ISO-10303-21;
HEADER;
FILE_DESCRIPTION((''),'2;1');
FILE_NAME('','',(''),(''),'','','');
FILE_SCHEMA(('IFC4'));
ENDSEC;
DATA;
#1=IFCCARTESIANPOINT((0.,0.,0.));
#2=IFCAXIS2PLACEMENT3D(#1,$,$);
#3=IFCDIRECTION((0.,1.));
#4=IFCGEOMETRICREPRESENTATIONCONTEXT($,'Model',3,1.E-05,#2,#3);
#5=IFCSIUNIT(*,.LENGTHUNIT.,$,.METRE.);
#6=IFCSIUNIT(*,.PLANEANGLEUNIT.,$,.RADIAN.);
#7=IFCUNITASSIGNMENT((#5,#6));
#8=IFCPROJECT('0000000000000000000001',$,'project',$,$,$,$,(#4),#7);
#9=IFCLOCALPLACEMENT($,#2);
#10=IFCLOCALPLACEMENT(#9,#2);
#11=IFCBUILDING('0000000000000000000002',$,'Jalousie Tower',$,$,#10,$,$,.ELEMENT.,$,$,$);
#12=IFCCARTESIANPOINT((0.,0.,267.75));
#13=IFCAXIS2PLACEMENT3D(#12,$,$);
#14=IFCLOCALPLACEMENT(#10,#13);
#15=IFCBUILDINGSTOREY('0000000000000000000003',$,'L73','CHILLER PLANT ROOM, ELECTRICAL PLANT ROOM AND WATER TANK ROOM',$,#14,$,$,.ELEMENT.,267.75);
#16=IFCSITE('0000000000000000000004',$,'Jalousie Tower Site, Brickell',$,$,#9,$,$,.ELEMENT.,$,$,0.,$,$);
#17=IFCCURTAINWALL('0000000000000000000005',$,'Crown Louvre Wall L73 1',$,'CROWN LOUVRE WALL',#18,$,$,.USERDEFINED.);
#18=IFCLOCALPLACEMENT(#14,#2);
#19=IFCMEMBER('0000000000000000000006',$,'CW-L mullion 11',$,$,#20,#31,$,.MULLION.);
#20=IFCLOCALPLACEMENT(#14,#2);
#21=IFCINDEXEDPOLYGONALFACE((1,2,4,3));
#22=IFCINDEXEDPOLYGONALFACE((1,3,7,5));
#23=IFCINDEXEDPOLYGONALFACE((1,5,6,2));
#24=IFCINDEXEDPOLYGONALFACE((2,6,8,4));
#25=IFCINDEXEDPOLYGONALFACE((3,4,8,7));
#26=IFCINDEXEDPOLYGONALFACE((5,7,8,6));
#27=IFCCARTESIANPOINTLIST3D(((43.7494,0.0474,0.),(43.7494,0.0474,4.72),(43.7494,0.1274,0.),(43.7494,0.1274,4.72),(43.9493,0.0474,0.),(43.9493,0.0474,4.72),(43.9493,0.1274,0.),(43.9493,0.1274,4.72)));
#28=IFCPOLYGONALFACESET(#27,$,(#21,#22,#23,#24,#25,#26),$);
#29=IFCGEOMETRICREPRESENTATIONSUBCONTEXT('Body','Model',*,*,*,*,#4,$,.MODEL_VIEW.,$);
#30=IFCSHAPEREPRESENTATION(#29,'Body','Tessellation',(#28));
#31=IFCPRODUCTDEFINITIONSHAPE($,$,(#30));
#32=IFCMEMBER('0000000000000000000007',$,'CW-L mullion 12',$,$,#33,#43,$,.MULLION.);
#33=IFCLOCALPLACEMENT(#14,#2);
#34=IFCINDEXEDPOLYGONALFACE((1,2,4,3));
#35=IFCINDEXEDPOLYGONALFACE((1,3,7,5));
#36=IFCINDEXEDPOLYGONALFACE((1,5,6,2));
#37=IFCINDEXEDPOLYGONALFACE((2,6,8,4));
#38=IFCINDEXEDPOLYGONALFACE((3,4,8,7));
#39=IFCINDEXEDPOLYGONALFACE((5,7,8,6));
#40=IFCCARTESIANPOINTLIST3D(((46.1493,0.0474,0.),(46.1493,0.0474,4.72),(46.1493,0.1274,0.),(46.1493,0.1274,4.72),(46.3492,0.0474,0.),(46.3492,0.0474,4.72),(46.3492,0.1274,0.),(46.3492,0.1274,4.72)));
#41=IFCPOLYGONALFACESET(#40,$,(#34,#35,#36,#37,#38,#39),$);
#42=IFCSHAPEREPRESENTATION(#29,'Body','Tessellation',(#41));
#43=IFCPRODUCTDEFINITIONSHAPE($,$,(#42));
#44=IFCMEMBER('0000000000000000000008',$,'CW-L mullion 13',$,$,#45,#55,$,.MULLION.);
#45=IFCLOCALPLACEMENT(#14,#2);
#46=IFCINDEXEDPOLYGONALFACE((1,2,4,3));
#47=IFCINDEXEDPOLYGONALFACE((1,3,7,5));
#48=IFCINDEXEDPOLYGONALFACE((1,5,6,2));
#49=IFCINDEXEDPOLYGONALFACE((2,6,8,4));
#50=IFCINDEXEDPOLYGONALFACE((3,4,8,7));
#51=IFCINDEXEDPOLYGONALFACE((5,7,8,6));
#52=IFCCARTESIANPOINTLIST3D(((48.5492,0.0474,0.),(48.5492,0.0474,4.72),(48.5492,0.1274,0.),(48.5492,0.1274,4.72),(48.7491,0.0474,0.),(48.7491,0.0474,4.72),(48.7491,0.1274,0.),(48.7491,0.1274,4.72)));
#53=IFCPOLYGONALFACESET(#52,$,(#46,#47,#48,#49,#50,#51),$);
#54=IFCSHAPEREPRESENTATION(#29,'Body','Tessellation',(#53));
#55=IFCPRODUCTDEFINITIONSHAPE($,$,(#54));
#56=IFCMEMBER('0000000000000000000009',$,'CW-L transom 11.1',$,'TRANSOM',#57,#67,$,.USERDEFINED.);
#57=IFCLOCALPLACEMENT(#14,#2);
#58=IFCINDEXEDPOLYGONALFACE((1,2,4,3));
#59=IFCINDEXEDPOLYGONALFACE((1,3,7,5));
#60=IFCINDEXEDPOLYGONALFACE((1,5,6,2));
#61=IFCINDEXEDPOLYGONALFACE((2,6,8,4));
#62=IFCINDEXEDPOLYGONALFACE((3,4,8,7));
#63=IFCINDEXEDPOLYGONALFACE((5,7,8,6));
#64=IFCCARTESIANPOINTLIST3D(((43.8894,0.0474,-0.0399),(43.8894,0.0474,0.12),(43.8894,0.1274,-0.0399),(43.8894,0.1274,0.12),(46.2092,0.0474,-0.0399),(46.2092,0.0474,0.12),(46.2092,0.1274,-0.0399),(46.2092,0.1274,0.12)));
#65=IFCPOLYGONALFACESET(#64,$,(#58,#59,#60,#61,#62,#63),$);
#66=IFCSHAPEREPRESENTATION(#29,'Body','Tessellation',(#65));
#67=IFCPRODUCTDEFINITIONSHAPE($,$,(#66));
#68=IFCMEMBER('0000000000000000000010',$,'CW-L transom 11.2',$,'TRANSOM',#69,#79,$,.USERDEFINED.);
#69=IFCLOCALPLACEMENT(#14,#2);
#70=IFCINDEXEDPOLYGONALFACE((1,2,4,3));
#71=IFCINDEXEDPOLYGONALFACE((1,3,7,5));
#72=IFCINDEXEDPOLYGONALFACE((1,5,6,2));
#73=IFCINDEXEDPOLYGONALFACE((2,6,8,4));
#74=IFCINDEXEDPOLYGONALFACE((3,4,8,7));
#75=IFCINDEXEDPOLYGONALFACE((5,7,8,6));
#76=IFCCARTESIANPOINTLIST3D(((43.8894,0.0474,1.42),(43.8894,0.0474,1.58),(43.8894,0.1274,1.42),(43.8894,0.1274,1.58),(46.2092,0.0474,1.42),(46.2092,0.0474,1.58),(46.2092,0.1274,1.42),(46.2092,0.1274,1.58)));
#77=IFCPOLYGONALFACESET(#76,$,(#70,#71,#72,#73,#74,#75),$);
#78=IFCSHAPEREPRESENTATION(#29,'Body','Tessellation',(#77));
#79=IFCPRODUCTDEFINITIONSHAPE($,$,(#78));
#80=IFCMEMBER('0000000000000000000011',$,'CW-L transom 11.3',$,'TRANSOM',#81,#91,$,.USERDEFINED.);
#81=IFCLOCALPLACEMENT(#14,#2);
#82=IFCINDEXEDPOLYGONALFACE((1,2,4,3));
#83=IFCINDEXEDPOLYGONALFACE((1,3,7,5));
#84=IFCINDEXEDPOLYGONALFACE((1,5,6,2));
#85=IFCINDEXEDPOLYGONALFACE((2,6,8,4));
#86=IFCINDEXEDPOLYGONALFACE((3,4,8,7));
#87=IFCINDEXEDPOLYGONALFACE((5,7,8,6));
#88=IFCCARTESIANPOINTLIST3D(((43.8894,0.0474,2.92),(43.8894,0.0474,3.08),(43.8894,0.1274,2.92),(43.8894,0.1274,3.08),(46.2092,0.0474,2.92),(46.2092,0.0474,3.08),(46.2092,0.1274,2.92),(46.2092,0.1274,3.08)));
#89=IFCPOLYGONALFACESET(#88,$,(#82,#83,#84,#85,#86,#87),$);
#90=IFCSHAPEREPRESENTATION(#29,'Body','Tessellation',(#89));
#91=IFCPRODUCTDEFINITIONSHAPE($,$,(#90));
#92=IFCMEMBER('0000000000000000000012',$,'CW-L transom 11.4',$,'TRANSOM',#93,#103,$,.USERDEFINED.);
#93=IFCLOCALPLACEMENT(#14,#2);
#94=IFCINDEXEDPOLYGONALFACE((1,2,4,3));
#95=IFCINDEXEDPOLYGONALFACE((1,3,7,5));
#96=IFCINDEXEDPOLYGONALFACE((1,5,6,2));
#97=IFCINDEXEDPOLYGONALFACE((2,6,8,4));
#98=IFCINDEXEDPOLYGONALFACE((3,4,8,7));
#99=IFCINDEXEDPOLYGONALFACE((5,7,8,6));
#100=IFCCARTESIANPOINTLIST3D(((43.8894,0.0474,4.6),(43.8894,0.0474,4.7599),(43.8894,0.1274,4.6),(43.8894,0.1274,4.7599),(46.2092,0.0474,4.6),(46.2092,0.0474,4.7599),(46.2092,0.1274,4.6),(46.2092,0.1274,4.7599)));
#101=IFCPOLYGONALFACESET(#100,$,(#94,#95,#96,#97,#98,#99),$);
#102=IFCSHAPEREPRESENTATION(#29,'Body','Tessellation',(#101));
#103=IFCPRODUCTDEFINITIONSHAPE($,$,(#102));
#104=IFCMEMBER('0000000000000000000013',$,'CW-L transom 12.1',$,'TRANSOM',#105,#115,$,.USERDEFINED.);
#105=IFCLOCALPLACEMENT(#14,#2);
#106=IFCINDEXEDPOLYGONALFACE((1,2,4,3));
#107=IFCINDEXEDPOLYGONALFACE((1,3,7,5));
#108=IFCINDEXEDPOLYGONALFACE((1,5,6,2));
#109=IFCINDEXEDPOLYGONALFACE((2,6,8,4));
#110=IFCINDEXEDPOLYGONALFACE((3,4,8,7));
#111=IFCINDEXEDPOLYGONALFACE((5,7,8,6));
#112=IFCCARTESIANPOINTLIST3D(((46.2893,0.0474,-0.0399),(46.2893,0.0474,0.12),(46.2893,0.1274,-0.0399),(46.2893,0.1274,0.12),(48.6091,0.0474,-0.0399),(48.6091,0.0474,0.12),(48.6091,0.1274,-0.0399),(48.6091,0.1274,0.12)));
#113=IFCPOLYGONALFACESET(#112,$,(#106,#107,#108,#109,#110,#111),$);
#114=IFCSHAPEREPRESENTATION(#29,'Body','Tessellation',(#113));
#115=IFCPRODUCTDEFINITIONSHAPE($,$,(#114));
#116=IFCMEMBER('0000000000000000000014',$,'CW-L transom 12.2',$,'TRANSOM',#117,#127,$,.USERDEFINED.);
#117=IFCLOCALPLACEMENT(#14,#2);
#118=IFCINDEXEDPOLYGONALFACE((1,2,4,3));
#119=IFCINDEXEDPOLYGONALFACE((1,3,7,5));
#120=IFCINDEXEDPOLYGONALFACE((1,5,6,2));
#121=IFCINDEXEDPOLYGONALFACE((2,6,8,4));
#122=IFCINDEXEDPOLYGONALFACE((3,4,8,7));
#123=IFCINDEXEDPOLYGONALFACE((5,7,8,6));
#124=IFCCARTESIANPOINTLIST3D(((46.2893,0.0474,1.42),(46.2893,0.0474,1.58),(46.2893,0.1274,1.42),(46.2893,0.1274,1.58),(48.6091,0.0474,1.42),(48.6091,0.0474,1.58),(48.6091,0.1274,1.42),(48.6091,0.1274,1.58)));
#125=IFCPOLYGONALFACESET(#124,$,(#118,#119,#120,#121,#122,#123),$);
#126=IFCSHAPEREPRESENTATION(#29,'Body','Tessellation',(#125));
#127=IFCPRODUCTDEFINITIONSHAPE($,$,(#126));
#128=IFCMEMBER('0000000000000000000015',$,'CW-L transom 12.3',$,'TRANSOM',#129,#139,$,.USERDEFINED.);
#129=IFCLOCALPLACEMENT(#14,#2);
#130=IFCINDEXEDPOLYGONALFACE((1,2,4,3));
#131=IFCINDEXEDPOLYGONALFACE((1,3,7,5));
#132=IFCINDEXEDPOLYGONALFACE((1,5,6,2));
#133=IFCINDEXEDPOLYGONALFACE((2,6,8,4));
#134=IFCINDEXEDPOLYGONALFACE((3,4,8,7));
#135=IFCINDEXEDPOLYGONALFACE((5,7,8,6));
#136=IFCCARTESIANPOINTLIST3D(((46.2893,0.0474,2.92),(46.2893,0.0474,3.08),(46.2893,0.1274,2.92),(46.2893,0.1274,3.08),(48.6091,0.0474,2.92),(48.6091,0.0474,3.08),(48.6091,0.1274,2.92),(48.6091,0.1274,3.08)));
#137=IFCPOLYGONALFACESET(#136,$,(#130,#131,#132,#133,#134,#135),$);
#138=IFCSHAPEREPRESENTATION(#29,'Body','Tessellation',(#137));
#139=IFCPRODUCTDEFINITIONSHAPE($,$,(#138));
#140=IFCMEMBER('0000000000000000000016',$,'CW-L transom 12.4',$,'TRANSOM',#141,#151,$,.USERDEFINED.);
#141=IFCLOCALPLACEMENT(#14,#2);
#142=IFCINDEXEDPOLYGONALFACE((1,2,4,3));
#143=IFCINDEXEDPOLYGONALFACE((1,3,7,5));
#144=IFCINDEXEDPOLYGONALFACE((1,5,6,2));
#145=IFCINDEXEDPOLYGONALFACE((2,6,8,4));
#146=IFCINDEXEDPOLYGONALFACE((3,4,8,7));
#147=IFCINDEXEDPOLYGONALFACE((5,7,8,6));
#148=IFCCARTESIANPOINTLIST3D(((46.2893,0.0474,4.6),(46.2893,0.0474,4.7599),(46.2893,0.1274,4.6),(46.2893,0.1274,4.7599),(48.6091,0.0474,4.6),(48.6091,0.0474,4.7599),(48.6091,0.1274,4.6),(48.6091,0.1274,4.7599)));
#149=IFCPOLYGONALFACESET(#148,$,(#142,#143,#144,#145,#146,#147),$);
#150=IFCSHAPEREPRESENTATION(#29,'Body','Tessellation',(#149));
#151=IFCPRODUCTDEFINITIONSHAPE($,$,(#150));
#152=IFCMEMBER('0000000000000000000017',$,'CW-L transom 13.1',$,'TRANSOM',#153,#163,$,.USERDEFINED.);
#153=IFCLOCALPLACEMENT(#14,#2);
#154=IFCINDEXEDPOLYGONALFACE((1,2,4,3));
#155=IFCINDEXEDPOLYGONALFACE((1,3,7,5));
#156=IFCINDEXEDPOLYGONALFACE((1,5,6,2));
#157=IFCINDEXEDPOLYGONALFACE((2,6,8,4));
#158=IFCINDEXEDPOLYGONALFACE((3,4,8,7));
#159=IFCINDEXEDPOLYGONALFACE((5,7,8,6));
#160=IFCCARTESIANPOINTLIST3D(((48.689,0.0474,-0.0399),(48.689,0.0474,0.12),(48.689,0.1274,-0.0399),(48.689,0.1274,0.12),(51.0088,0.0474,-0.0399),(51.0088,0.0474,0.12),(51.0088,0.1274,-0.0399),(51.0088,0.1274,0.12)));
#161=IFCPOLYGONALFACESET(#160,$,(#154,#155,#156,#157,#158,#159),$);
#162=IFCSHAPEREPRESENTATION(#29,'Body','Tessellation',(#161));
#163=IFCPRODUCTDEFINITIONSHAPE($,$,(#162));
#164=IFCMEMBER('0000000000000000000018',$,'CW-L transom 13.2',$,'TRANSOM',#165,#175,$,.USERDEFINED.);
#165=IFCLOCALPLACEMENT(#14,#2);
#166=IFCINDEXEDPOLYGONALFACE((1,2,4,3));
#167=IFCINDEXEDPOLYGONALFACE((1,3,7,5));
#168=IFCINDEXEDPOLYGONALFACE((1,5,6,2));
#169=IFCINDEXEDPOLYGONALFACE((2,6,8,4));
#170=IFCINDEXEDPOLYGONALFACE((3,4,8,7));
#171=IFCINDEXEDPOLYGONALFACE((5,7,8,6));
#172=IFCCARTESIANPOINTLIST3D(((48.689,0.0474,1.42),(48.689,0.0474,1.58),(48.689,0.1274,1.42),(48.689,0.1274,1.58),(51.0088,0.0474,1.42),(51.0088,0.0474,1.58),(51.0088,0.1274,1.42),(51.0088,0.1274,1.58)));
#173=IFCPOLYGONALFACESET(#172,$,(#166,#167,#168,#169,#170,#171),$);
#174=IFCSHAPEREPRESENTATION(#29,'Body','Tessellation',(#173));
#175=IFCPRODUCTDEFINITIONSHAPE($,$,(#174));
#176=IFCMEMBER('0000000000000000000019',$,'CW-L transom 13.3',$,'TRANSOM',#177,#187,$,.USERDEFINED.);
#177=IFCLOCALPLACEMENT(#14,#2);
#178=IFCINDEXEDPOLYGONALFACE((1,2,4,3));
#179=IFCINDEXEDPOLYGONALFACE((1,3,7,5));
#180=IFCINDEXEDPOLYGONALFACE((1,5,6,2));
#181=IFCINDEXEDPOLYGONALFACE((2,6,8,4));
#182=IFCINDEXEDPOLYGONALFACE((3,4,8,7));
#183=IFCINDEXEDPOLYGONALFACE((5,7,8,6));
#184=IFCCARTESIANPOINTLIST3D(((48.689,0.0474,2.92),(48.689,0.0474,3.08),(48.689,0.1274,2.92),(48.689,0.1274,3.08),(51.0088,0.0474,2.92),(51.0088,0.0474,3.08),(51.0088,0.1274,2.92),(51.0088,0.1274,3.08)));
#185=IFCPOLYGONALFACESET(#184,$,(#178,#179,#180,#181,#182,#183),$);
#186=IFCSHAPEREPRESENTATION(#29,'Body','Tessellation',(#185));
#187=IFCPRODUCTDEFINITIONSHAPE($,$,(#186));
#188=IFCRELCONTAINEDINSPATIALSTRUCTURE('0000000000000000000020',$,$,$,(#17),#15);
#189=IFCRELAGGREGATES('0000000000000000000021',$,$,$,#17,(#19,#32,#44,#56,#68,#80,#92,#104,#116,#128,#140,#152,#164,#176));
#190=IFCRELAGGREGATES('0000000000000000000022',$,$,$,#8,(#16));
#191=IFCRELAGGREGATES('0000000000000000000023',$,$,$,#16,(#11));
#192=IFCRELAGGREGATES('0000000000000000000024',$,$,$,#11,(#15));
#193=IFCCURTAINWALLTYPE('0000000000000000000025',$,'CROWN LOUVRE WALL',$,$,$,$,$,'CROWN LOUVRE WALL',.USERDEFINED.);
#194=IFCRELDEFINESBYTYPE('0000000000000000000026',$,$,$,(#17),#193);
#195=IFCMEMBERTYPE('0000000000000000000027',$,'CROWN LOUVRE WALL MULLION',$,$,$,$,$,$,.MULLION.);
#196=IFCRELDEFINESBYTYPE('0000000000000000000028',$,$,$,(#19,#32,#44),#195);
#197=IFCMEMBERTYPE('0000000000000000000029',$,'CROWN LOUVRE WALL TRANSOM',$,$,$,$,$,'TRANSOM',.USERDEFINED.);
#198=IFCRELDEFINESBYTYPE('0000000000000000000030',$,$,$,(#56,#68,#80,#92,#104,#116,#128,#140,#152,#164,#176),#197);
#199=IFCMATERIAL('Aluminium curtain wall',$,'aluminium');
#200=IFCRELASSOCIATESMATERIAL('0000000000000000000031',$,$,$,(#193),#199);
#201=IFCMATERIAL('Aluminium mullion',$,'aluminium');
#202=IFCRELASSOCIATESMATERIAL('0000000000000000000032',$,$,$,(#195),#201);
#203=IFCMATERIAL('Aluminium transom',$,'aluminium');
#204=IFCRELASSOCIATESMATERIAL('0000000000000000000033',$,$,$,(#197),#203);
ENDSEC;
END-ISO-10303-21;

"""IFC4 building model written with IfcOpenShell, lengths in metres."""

from ifc_helpers import new_model, si_unit, direction, frame, origin, origin_2d, place, context, subcontext, project, spatial, rectangle, extrude, material, material_profile, profile_set, type_object, element, aggregate, save


model = new_model("IFC4")

# Units and contexts
model_context = context("Model", 3, precision=1e-05, world=origin(), true_north=direction((0.0, 1.0)))
body_context = subcontext(model_context, "Body", "Model", "MODEL_VIEW")
ifc_project = project(units=[si_unit("LENGTHUNIT", "METRE"), si_unit("PLANEANGLEUNIT", "RADIAN")], contexts=[model_context])

# Site, building, storey
site_placement = place(None, origin())
site = spatial("IfcSite", under=ifc_project, at=site_placement, Name="Jalousie Tower Site, Brickell", CompositionType="ELEMENT", RefElevation=0.0)
building_placement = place(site_placement, origin())
building = spatial("IfcBuilding", under=site, at=building_placement, Name="Jalousie Tower", CompositionType="ELEMENT")
storey_placement = place(building_placement, frame((0.0, 0.0, 267.75)))
storey = spatial("IfcBuildingStorey", under=building, at=storey_placement, Name="L73", Description="CHILLER PLANT ROOM, ELECTRICAL PLANT ROOM AND WATER TANK ROOM", CompositionType="ELEMENT", Elevation=267.75)

# Curtain wall, members
ifc_material_1 = material(Name="Aluminium curtain wall", Category="aluminium")
curtain_wall_type = type_object("IfcCurtainWallType", Name="CROWN LOUVRE WALL", ElementType="CROWN LOUVRE WALL", PredefinedType="USERDEFINED", material=ifc_material_1)
curtain_wall_placement = place(storey_placement, origin())
curtain_wall = element("IfcCurtainWall", 1, at=curtain_wall_placement, inside=storey, type_object=curtain_wall_type, Name="Crown Louvre Wall L73 1", ObjectType="CROWN LOUVRE WALL", PredefinedType="USERDEFINED")
ifc_material_2 = material(Name="Aluminium mullion", Category="aluminium")
ifc_material_profile_1 = material_profile(ifc_material_2, rectangle(XDim=0.0801, YDim=0.2, at=origin_2d()), Name="MULLION 80x200")
ifc_profile_set_1 = profile_set([ifc_material_profile_1], Name="Aluminium mullion")
member_type_1 = type_object("IfcMemberType", Name="CROWN LOUVRE WALL MULLION", PredefinedType="MULLION", material=ifc_profile_set_1)
member_1_placement = place(storey_placement, frame((43.8494, 0.0874, 0.0), z_axis=(0.0, 0.0, 1.0), x_axis=(0.0, 1.0, 0.0)))
member_1 = element("IfcMember", 2, at=member_1_placement, type_object=member_type_1, Name="CW-L mullion 11", PredefinedType="MULLION", context=body_context, shape_type="SweptSolid", body=[
    extrude(rectangle(XDim=0.0801, YDim=0.2, at=origin_2d()), origin(), (0.0, 0.0, 1.0), 4.72),
])
member_2_placement = place(storey_placement, frame((46.2493, 0.0874, 0.0), z_axis=(0.0, 0.0, 1.0), x_axis=(0.0, 1.0, 0.0)))
member_2 = element("IfcMember", 3, at=member_2_placement, type_object=member_type_1, Name="CW-L mullion 12", PredefinedType="MULLION", context=body_context, shape_type="SweptSolid", body=[
    extrude(rectangle(XDim=0.0801, YDim=0.2, at=origin_2d()), origin(), (0.0, 0.0, 1.0), 4.72),
])
member_3_placement = place(storey_placement, frame((48.6492, 0.0874, 0.0), z_axis=(0.0, 0.0, 1.0), x_axis=(0.0, 1.0, 0.0)))
member_3 = element("IfcMember", 4, at=member_3_placement, type_object=member_type_1, Name="CW-L mullion 13", PredefinedType="MULLION", context=body_context, shape_type="SweptSolid", body=[
    extrude(rectangle(XDim=0.0801, YDim=0.2, at=origin_2d()), origin(), (0.0, 0.0, 1.0), 4.72),
])
ifc_material_3 = material(Name="Aluminium transom", Category="aluminium")
ifc_material_profile_2 = material_profile(ifc_material_3, rectangle(XDim=0.0801, YDim=0.1599, at=origin_2d()), Name="TRANSOM 80x160")
ifc_profile_set_2 = profile_set([ifc_material_profile_2], Name="Aluminium transom")
member_type_2 = type_object("IfcMemberType", Name="CROWN LOUVRE WALL TRANSOM", ElementType="TRANSOM", PredefinedType="USERDEFINED", material=ifc_profile_set_2)
member_4_placement = place(storey_placement, frame((43.8894, 0.0874, 0.04), z_axis=(1.0, 0.0, 0.0), x_axis=(0.0, 1.0, 0.0)))
member_4 = element("IfcMember", 5, at=member_4_placement, type_object=member_type_2, Name="CW-L transom 11.1", ObjectType="TRANSOM", PredefinedType="USERDEFINED", context=body_context, shape_type="SweptSolid", body=[
    extrude(rectangle(XDim=0.0801, YDim=0.1599, at=origin_2d()), origin(), (0.0, 0.0, 1.0), 2.3198),
])
member_5_placement = place(storey_placement, frame((43.8894, 0.0874, 1.5), z_axis=(1.0, 0.0, 0.0), x_axis=(0.0, 1.0, 0.0)))
member_5 = element("IfcMember", 6, at=member_5_placement, type_object=member_type_2, Name="CW-L transom 11.2", ObjectType="TRANSOM", PredefinedType="USERDEFINED", context=body_context, shape_type="SweptSolid", body=[
    extrude(rectangle(XDim=0.0801, YDim=0.1599, at=origin_2d()), origin(), (0.0, 0.0, 1.0), 2.3198),
])
member_6_placement = place(storey_placement, frame((43.8894, 0.0874, 3.0), z_axis=(1.0, 0.0, 0.0), x_axis=(0.0, 1.0, 0.0)))
member_6 = element("IfcMember", 7, at=member_6_placement, type_object=member_type_2, Name="CW-L transom 11.3", ObjectType="TRANSOM", PredefinedType="USERDEFINED", context=body_context, shape_type="SweptSolid", body=[
    extrude(rectangle(XDim=0.0801, YDim=0.1599, at=origin_2d()), origin(), (0.0, 0.0, 1.0), 2.3198),
])
member_7_placement = place(storey_placement, frame((43.8894, 0.0874, 4.6799), z_axis=(1.0, 0.0, 0.0), x_axis=(0.0, 1.0, 0.0)))
member_7 = element("IfcMember", 8, at=member_7_placement, type_object=member_type_2, Name="CW-L transom 11.4", ObjectType="TRANSOM", PredefinedType="USERDEFINED", context=body_context, shape_type="SweptSolid", body=[
    extrude(rectangle(XDim=0.0801, YDim=0.1599, at=origin_2d()), origin(), (0.0, 0.0, 1.0), 2.3198),
])
member_8_placement = place(storey_placement, frame((46.2893, 0.0874, 0.04), z_axis=(1.0, 0.0, 0.0), x_axis=(0.0, 1.0, 0.0)))
member_8 = element("IfcMember", 9, at=member_8_placement, type_object=member_type_2, Name="CW-L transom 12.1", ObjectType="TRANSOM", PredefinedType="USERDEFINED", context=body_context, shape_type="SweptSolid", body=[
    extrude(rectangle(XDim=0.0801, YDim=0.1599, at=origin_2d()), origin(), (0.0, 0.0, 1.0), 2.3198),
])
member_9_placement = place(storey_placement, frame((46.2893, 0.0874, 1.5), z_axis=(1.0, 0.0, 0.0), x_axis=(0.0, 1.0, 0.0)))
member_9 = element("IfcMember", 10, at=member_9_placement, type_object=member_type_2, Name="CW-L transom 12.2", ObjectType="TRANSOM", PredefinedType="USERDEFINED", context=body_context, shape_type="SweptSolid", body=[
    extrude(rectangle(XDim=0.0801, YDim=0.1599, at=origin_2d()), origin(), (0.0, 0.0, 1.0), 2.3198),
])
member_10_placement = place(storey_placement, frame((46.2893, 0.0874, 3.0), z_axis=(1.0, 0.0, 0.0), x_axis=(0.0, 1.0, 0.0)))
member_10 = element("IfcMember", 11, at=member_10_placement, type_object=member_type_2, Name="CW-L transom 12.3", ObjectType="TRANSOM", PredefinedType="USERDEFINED", context=body_context, shape_type="SweptSolid", body=[
    extrude(rectangle(XDim=0.0801, YDim=0.1599, at=origin_2d()), origin(), (0.0, 0.0, 1.0), 2.3198),
])
member_11_placement = place(storey_placement, frame((46.2893, 0.0874, 4.6799), z_axis=(1.0, 0.0, 0.0), x_axis=(0.0, 1.0, 0.0)))
member_11 = element("IfcMember", 12, at=member_11_placement, type_object=member_type_2, Name="CW-L transom 12.4", ObjectType="TRANSOM", PredefinedType="USERDEFINED", context=body_context, shape_type="SweptSolid", body=[
    extrude(rectangle(XDim=0.0801, YDim=0.1599, at=origin_2d()), origin(), (0.0, 0.0, 1.0), 2.3198),
])
member_12_placement = place(storey_placement, frame((48.689, 0.0874, 0.04), z_axis=(1.0, 0.0, 0.0), x_axis=(0.0, 1.0, 0.0)))
member_12 = element("IfcMember", 13, at=member_12_placement, type_object=member_type_2, Name="CW-L transom 13.1", ObjectType="TRANSOM", PredefinedType="USERDEFINED", context=body_context, shape_type="SweptSolid", body=[
    extrude(rectangle(XDim=0.0801, YDim=0.1599, at=origin_2d()), origin(), (0.0, 0.0, 1.0), 2.3198),
])
member_13_placement = place(storey_placement, frame((48.689, 0.0874, 1.5), z_axis=(1.0, 0.0, 0.0), x_axis=(0.0, 1.0, 0.0)))
member_13 = element("IfcMember", 14, at=member_13_placement, type_object=member_type_2, Name="CW-L transom 13.2", ObjectType="TRANSOM", PredefinedType="USERDEFINED", context=body_context, shape_type="SweptSolid", body=[
    extrude(rectangle(XDim=0.0801, YDim=0.1599, at=origin_2d()), origin(), (0.0, 0.0, 1.0), 2.3198),
])
member_14_placement = place(storey_placement, frame((48.689, 0.0874, 3.0), z_axis=(1.0, 0.0, 0.0), x_axis=(0.0, 1.0, 0.0)))
member_14 = element("IfcMember", 15, at=member_14_placement, type_object=member_type_2, Name="CW-L transom 13.3", ObjectType="TRANSOM", PredefinedType="USERDEFINED", context=body_context, shape_type="SweptSolid", body=[
    extrude(rectangle(XDim=0.0801, YDim=0.1599, at=origin_2d()), origin(), (0.0, 0.0, 1.0), 2.3198),
])
aggregate(curtain_wall, [member_1, member_2, member_3, member_4, member_5, member_6, member_7, member_8, member_9, member_10, member_11, member_12, member_13, member_14])

save(model, "model.ifc")
